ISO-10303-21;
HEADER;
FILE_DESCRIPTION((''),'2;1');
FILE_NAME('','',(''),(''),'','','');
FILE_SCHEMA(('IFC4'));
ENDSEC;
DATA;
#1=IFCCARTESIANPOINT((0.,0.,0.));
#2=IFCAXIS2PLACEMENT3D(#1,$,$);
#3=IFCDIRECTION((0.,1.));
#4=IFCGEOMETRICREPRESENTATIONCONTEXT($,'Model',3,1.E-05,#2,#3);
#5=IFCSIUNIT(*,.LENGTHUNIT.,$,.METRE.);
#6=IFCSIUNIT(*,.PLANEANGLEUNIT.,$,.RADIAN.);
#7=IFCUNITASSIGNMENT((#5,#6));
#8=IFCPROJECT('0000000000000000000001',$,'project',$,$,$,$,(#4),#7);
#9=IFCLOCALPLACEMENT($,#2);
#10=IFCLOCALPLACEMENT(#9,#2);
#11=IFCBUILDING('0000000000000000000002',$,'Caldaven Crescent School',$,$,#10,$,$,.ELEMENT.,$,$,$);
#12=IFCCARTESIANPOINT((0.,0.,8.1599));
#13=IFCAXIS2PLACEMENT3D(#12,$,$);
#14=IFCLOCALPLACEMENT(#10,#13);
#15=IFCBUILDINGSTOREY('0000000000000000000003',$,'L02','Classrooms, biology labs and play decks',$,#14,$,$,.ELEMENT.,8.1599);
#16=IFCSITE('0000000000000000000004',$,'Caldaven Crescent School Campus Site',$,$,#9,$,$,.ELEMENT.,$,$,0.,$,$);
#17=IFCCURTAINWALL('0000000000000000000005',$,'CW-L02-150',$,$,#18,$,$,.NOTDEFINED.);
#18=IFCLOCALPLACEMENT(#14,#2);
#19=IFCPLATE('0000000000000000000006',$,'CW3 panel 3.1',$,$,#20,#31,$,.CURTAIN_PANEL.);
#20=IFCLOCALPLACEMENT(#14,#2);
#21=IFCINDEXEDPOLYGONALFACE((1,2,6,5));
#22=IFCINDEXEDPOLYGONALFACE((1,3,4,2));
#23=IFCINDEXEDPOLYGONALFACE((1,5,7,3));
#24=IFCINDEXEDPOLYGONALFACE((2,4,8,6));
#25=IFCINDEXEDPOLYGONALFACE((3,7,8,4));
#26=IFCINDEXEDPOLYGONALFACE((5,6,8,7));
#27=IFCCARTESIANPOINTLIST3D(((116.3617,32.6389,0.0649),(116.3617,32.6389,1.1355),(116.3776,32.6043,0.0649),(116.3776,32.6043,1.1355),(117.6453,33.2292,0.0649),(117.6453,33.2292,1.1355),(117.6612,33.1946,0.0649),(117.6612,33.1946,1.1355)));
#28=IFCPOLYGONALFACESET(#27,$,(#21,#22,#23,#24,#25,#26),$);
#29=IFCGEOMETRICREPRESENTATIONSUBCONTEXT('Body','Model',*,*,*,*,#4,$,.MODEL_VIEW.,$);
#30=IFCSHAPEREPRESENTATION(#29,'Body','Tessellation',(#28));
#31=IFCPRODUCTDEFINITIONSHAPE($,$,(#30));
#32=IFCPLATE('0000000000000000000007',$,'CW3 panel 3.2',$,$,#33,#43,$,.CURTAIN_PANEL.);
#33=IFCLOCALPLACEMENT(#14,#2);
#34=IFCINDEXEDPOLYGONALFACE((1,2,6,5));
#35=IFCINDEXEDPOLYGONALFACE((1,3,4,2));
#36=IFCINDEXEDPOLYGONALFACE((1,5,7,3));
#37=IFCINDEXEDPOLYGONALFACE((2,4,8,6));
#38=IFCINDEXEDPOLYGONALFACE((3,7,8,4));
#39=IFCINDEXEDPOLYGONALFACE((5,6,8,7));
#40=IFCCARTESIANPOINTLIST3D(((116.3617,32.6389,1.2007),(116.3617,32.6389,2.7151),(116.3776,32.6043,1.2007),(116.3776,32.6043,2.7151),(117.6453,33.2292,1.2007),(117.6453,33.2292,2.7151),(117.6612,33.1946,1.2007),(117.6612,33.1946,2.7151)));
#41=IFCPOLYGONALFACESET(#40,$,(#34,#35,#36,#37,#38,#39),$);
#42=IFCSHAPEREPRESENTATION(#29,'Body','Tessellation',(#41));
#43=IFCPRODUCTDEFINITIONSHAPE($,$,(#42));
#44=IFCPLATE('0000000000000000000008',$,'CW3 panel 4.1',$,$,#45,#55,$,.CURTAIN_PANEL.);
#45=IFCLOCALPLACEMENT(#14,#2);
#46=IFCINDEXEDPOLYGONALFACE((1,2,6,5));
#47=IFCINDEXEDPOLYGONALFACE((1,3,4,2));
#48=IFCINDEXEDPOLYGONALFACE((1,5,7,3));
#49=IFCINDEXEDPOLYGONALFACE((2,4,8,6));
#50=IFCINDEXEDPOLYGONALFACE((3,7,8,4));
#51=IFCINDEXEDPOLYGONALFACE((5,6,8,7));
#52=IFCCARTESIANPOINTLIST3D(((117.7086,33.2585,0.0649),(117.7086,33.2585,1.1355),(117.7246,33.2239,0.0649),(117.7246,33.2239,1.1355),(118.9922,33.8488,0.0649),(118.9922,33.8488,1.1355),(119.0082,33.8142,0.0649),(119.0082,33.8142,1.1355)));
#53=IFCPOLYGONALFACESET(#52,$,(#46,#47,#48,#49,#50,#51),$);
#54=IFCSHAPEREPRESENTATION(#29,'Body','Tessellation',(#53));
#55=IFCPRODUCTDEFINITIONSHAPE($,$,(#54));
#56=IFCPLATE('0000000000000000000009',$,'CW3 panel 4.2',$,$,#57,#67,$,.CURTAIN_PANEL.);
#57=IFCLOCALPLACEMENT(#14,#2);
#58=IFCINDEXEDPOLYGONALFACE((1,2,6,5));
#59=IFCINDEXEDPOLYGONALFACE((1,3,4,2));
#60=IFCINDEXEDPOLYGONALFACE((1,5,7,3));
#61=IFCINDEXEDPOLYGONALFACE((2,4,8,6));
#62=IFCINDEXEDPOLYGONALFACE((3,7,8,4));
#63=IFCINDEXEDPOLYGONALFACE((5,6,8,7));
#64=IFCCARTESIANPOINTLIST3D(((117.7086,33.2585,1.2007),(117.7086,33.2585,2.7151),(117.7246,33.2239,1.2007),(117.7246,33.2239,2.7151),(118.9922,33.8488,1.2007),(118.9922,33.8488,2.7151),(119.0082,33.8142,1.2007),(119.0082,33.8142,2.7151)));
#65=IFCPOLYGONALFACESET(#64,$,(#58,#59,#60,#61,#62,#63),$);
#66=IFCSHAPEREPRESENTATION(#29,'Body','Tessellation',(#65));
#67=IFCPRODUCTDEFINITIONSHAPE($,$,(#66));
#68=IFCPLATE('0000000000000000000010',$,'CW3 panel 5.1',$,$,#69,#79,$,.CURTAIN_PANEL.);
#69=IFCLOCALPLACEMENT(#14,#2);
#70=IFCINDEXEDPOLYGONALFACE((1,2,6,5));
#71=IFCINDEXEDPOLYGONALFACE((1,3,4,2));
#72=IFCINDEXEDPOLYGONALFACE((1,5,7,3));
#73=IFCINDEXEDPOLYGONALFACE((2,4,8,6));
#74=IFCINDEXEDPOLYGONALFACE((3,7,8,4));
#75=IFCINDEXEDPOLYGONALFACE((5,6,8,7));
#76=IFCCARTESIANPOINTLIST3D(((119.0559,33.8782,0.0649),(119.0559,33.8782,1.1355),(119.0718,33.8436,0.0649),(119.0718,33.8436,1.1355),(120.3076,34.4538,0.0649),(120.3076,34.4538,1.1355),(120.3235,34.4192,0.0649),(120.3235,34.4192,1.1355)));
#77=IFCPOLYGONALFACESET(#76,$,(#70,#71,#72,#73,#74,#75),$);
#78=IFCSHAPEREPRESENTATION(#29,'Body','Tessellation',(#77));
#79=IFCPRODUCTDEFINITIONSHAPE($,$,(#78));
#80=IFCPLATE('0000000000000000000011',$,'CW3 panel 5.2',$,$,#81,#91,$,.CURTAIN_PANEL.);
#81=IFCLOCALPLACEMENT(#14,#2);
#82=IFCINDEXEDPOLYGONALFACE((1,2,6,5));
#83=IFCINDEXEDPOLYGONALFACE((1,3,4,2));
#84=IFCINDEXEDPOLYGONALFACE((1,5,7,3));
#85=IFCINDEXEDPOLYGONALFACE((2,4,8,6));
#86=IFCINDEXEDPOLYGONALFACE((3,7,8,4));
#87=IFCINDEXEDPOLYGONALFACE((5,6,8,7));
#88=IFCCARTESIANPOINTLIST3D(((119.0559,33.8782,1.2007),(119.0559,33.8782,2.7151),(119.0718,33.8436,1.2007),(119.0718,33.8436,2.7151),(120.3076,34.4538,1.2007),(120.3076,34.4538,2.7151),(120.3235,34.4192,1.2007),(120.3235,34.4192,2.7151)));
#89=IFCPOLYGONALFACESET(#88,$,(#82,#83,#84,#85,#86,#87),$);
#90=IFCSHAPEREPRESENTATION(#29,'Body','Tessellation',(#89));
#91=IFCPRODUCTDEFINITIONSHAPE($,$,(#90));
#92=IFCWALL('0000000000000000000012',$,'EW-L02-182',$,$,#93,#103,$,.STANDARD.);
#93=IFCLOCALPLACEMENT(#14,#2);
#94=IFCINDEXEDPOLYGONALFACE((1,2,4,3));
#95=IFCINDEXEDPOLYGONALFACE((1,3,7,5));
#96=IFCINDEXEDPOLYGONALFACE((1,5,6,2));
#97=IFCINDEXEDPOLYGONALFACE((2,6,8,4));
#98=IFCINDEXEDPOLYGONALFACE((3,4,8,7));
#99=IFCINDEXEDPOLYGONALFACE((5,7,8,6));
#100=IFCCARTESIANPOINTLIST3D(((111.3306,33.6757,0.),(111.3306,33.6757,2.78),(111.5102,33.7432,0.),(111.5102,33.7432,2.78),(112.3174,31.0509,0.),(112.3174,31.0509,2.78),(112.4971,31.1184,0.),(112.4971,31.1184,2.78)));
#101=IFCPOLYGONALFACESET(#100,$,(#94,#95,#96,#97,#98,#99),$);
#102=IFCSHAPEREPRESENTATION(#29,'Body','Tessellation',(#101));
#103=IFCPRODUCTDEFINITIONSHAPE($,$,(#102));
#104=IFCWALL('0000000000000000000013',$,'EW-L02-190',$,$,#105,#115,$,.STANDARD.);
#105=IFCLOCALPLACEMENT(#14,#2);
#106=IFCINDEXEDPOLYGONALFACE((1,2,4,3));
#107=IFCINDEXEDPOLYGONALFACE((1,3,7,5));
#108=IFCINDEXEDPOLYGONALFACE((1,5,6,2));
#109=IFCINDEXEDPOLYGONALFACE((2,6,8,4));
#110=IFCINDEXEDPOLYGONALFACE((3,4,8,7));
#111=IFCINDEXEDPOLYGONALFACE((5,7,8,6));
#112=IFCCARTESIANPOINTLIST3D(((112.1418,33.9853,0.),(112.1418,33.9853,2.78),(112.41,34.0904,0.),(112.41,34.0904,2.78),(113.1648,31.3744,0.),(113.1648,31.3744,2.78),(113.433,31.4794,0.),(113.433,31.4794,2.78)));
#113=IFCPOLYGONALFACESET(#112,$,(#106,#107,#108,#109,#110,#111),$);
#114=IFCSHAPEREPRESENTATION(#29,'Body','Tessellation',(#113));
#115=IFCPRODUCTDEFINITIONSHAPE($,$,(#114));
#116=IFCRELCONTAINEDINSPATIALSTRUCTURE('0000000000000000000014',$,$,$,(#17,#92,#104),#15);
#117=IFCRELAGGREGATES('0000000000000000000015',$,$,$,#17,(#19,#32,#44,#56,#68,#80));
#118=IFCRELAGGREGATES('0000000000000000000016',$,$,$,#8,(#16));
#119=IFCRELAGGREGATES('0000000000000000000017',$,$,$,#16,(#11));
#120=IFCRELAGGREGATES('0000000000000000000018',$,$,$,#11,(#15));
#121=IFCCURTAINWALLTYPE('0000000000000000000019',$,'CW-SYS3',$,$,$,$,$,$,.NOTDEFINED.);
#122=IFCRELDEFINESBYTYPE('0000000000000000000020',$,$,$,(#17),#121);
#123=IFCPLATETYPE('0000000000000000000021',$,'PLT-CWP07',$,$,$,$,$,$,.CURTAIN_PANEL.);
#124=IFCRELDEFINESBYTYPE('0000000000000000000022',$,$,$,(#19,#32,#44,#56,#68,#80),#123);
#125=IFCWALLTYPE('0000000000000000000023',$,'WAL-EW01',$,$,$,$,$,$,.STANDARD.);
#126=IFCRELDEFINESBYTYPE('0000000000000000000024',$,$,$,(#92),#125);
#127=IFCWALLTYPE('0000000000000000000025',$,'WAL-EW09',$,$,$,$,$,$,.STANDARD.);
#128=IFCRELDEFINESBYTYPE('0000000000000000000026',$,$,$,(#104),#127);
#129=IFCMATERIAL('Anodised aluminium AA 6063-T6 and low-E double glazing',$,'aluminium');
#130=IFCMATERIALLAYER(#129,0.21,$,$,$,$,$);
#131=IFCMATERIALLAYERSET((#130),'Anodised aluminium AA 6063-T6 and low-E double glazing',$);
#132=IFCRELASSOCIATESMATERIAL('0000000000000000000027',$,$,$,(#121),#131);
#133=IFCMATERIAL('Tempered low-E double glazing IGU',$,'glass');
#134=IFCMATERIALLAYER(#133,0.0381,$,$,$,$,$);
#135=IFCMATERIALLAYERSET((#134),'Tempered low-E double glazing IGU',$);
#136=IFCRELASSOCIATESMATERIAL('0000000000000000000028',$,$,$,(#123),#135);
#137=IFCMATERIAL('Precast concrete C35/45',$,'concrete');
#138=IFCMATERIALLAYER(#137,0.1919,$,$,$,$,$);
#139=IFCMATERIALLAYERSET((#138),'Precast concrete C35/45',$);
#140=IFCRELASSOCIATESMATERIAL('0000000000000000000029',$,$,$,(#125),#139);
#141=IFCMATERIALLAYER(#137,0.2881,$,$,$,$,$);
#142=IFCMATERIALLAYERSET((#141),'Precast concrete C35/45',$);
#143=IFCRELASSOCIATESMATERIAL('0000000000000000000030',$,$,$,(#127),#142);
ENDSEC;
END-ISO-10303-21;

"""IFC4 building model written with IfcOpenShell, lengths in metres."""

from ifc_helpers import new_model, si_unit, direction, frame, frame_2d, origin, origin_2d, place, context, subcontext, project, spatial, rectangle, extrude, material, layer, layer_set, type_object, element, aggregate, save


model = new_model("IFC4")

# Units and contexts
model_context = context("Model", 3, precision=1e-05, world=origin(), true_north=direction((0.0, 1.0)))
body_context = subcontext(model_context, "Body", "Model", "MODEL_VIEW")
ifc_project = project(units=[si_unit("LENGTHUNIT", "METRE"), si_unit("PLANEANGLEUNIT", "RADIAN")], contexts=[model_context])

# Site, building, storey
site_placement = place(None, origin())
site = spatial("IfcSite", under=ifc_project, at=site_placement, Name="Caldaven Crescent School Campus Site", CompositionType="ELEMENT", RefElevation=0.0)
building_placement = place(site_placement, origin())
building = spatial("IfcBuilding", under=site, at=building_placement, Name="Caldaven Crescent School", CompositionType="ELEMENT")
storey_placement = place(building_placement, frame((0.0, 0.0, 8.1599)))
storey = spatial("IfcBuildingStorey", under=building, at=storey_placement, Name="L02", Description="Classrooms, biology labs and play decks", CompositionType="ELEMENT", Elevation=8.1599)

# Curtain wall, plates
ifc_material_1 = material(Name="Anodised aluminium AA 6063-T6 and low-E double glazing", Category="aluminium")
ifc_layer_1 = layer(ifc_material_1, 0.21)
ifc_layer_set_1 = layer_set([ifc_layer_1], Name="Anodised aluminium AA 6063-T6 and low-E double glazing")
curtain_wall_type = type_object("IfcCurtainWallType", Name="CW-SYS3", PredefinedType="NOTDEFINED", material=ifc_layer_set_1)
curtain_wall_placement = place(storey_placement, origin())
curtain_wall = element("IfcCurtainWall", 1, at=curtain_wall_placement, inside=storey, type_object=curtain_wall_type, Name="CW-L02-150", PredefinedType="NOTDEFINED")
ifc_material_2 = material(Name="Tempered low-E double glazing IGU", Category="glass")
ifc_layer_2 = layer(ifc_material_2, 0.0381)
ifc_layer_set_2 = layer_set([ifc_layer_2], Name="Tempered low-E double glazing IGU")
plate_type = type_object("IfcPlateType", Name="PLT-CWP07", PredefinedType="CURTAIN_PANEL", material=ifc_layer_set_2)
plate_1_placement = place(storey_placement, frame((117.0115, 32.9167, 0.0649), z_axis=(0.0, 0.0, 1.0), x_axis=(0.908528, 0.417823, 0.0)))
plate_1 = element("IfcPlate", 2, at=plate_1_placement, type_object=plate_type, Name="CW3 panel 3.1", PredefinedType="CURTAIN_PANEL", context=body_context, shape_type="SweptSolid", body=[
    extrude(rectangle(XDim=1.4128, YDim=0.0381, at=origin_2d()), origin(), (0.0, 0.0, 1.0), 1.0706),
])
plate_2_placement = place(storey_placement, frame((117.0115, 32.9167, 1.2007), z_axis=(0.0, 0.0, 1.0), x_axis=(0.908528, 0.417823, 0.0)))
plate_2 = element("IfcPlate", 3, at=plate_2_placement, type_object=plate_type, Name="CW3 panel 3.2", PredefinedType="CURTAIN_PANEL", context=body_context, shape_type="SweptSolid", body=[
    extrude(rectangle(XDim=1.4128, YDim=0.0381, at=origin_2d()), origin(), (0.0, 0.0, 1.0), 1.5144),
])
plate_3_placement = place(storey_placement, frame((118.3584, 33.5364, 0.0649), z_axis=(0.0, 0.0, 1.0), x_axis=(0.908528, 0.417823, 0.0)))
plate_3 = element("IfcPlate", 4, at=plate_3_placement, type_object=plate_type, Name="CW3 panel 4.1", PredefinedType="CURTAIN_PANEL", context=body_context, shape_type="SweptSolid", body=[
    extrude(rectangle(XDim=1.4128, YDim=0.0381, at=origin_2d()), origin(), (0.0, 0.0, 1.0), 1.0706),
])
plate_4_placement = place(storey_placement, frame((118.3584, 33.5364, 1.2007), z_axis=(0.0, 0.0, 1.0), x_axis=(0.908528, 0.417823, 0.0)))
plate_4 = element("IfcPlate", 5, at=plate_4_placement, type_object=plate_type, Name="CW3 panel 4.2", PredefinedType="CURTAIN_PANEL", context=body_context, shape_type="SweptSolid", body=[
    extrude(rectangle(XDim=1.4128, YDim=0.0381, at=origin_2d()), origin(), (0.0, 0.0, 1.0), 1.5144),
])
plate_5_placement = place(storey_placement, frame((119.6897, 34.1487, 0.0649), z_axis=(0.0, 0.0, 1.0), x_axis=(0.908528, 0.417823, 0.0)))
plate_5 = element("IfcPlate", 6, at=plate_5_placement, type_object=plate_type, Name="CW3 panel 5.1", PredefinedType="CURTAIN_PANEL", context=body_context, shape_type="SweptSolid", body=[
    extrude(rectangle(XDim=1.3777, YDim=0.0381, at=origin_2d()), origin(), (0.0, 0.0, 1.0), 1.0706),
])
plate_6_placement = place(storey_placement, frame((119.6897, 34.1487, 1.2007), z_axis=(0.0, 0.0, 1.0), x_axis=(0.908528, 0.417823, 0.0)))
plate_6 = element("IfcPlate", 7, at=plate_6_placement, type_object=plate_type, Name="CW3 panel 5.2", PredefinedType="CURTAIN_PANEL", context=body_context, shape_type="SweptSolid", body=[
    extrude(rectangle(XDim=1.3777, YDim=0.0381, at=origin_2d()), origin(), (0.0, 0.0, 1.0), 1.5144),
])
aggregate(curtain_wall, [plate_1, plate_2, plate_3, plate_4, plate_5, plate_6])

# Walls
ifc_material_3 = material(Name="Precast concrete C35/45", Category="concrete")
ifc_layer_3 = layer(ifc_material_3, 0.1919)
ifc_layer_set_3 = layer_set([ifc_layer_3], Name="Precast concrete C35/45")
wall_type_1 = type_object("IfcWallType", Name="WAL-EW01", PredefinedType="STANDARD", material=ifc_layer_set_3)
wall_1_placement = place(storey_placement, frame((111.4204, 33.7095, 0.0), z_axis=(0.0, 0.0, 1.0), x_axis=(0.351915, -0.936032, 0.0)))
element("IfcWall", 8, at=wall_1_placement, inside=storey, type_object=wall_type_1, Name="EW-L02-182", PredefinedType="STANDARD", context=body_context, shape_type="SweptSolid", body=[
    extrude(rectangle(XDim=2.8042, YDim=0.1919, at=frame_2d((1.4021, 0.0))), origin(), (0.0, 0.0, 1.0), 2.78),
])
ifc_layer_4 = layer(ifc_material_3, 0.2881)
ifc_layer_set_4 = layer_set([ifc_layer_4], Name="Precast concrete C35/45")
wall_type_2 = type_object("IfcWallType", Name="WAL-EW09", PredefinedType="STANDARD", material=ifc_layer_set_4)
wall_2_placement = place(storey_placement, frame((112.2759, 34.0378, 0.0), z_axis=(0.0, 0.0, 1.0), x_axis=(0.364806, -0.931083, 0.0)))
element("IfcWall", 9, at=wall_2_placement, inside=storey, type_object=wall_type_2, Name="EW-L02-190", PredefinedType="STANDARD", context=body_context, shape_type="SweptSolid", body=[
    extrude(rectangle(XDim=2.8042, YDim=0.2881, at=frame_2d((1.4021, 0.0))), origin(), (0.0, 0.0, 1.0), 2.78),
])

save(model, "model.ifc")
